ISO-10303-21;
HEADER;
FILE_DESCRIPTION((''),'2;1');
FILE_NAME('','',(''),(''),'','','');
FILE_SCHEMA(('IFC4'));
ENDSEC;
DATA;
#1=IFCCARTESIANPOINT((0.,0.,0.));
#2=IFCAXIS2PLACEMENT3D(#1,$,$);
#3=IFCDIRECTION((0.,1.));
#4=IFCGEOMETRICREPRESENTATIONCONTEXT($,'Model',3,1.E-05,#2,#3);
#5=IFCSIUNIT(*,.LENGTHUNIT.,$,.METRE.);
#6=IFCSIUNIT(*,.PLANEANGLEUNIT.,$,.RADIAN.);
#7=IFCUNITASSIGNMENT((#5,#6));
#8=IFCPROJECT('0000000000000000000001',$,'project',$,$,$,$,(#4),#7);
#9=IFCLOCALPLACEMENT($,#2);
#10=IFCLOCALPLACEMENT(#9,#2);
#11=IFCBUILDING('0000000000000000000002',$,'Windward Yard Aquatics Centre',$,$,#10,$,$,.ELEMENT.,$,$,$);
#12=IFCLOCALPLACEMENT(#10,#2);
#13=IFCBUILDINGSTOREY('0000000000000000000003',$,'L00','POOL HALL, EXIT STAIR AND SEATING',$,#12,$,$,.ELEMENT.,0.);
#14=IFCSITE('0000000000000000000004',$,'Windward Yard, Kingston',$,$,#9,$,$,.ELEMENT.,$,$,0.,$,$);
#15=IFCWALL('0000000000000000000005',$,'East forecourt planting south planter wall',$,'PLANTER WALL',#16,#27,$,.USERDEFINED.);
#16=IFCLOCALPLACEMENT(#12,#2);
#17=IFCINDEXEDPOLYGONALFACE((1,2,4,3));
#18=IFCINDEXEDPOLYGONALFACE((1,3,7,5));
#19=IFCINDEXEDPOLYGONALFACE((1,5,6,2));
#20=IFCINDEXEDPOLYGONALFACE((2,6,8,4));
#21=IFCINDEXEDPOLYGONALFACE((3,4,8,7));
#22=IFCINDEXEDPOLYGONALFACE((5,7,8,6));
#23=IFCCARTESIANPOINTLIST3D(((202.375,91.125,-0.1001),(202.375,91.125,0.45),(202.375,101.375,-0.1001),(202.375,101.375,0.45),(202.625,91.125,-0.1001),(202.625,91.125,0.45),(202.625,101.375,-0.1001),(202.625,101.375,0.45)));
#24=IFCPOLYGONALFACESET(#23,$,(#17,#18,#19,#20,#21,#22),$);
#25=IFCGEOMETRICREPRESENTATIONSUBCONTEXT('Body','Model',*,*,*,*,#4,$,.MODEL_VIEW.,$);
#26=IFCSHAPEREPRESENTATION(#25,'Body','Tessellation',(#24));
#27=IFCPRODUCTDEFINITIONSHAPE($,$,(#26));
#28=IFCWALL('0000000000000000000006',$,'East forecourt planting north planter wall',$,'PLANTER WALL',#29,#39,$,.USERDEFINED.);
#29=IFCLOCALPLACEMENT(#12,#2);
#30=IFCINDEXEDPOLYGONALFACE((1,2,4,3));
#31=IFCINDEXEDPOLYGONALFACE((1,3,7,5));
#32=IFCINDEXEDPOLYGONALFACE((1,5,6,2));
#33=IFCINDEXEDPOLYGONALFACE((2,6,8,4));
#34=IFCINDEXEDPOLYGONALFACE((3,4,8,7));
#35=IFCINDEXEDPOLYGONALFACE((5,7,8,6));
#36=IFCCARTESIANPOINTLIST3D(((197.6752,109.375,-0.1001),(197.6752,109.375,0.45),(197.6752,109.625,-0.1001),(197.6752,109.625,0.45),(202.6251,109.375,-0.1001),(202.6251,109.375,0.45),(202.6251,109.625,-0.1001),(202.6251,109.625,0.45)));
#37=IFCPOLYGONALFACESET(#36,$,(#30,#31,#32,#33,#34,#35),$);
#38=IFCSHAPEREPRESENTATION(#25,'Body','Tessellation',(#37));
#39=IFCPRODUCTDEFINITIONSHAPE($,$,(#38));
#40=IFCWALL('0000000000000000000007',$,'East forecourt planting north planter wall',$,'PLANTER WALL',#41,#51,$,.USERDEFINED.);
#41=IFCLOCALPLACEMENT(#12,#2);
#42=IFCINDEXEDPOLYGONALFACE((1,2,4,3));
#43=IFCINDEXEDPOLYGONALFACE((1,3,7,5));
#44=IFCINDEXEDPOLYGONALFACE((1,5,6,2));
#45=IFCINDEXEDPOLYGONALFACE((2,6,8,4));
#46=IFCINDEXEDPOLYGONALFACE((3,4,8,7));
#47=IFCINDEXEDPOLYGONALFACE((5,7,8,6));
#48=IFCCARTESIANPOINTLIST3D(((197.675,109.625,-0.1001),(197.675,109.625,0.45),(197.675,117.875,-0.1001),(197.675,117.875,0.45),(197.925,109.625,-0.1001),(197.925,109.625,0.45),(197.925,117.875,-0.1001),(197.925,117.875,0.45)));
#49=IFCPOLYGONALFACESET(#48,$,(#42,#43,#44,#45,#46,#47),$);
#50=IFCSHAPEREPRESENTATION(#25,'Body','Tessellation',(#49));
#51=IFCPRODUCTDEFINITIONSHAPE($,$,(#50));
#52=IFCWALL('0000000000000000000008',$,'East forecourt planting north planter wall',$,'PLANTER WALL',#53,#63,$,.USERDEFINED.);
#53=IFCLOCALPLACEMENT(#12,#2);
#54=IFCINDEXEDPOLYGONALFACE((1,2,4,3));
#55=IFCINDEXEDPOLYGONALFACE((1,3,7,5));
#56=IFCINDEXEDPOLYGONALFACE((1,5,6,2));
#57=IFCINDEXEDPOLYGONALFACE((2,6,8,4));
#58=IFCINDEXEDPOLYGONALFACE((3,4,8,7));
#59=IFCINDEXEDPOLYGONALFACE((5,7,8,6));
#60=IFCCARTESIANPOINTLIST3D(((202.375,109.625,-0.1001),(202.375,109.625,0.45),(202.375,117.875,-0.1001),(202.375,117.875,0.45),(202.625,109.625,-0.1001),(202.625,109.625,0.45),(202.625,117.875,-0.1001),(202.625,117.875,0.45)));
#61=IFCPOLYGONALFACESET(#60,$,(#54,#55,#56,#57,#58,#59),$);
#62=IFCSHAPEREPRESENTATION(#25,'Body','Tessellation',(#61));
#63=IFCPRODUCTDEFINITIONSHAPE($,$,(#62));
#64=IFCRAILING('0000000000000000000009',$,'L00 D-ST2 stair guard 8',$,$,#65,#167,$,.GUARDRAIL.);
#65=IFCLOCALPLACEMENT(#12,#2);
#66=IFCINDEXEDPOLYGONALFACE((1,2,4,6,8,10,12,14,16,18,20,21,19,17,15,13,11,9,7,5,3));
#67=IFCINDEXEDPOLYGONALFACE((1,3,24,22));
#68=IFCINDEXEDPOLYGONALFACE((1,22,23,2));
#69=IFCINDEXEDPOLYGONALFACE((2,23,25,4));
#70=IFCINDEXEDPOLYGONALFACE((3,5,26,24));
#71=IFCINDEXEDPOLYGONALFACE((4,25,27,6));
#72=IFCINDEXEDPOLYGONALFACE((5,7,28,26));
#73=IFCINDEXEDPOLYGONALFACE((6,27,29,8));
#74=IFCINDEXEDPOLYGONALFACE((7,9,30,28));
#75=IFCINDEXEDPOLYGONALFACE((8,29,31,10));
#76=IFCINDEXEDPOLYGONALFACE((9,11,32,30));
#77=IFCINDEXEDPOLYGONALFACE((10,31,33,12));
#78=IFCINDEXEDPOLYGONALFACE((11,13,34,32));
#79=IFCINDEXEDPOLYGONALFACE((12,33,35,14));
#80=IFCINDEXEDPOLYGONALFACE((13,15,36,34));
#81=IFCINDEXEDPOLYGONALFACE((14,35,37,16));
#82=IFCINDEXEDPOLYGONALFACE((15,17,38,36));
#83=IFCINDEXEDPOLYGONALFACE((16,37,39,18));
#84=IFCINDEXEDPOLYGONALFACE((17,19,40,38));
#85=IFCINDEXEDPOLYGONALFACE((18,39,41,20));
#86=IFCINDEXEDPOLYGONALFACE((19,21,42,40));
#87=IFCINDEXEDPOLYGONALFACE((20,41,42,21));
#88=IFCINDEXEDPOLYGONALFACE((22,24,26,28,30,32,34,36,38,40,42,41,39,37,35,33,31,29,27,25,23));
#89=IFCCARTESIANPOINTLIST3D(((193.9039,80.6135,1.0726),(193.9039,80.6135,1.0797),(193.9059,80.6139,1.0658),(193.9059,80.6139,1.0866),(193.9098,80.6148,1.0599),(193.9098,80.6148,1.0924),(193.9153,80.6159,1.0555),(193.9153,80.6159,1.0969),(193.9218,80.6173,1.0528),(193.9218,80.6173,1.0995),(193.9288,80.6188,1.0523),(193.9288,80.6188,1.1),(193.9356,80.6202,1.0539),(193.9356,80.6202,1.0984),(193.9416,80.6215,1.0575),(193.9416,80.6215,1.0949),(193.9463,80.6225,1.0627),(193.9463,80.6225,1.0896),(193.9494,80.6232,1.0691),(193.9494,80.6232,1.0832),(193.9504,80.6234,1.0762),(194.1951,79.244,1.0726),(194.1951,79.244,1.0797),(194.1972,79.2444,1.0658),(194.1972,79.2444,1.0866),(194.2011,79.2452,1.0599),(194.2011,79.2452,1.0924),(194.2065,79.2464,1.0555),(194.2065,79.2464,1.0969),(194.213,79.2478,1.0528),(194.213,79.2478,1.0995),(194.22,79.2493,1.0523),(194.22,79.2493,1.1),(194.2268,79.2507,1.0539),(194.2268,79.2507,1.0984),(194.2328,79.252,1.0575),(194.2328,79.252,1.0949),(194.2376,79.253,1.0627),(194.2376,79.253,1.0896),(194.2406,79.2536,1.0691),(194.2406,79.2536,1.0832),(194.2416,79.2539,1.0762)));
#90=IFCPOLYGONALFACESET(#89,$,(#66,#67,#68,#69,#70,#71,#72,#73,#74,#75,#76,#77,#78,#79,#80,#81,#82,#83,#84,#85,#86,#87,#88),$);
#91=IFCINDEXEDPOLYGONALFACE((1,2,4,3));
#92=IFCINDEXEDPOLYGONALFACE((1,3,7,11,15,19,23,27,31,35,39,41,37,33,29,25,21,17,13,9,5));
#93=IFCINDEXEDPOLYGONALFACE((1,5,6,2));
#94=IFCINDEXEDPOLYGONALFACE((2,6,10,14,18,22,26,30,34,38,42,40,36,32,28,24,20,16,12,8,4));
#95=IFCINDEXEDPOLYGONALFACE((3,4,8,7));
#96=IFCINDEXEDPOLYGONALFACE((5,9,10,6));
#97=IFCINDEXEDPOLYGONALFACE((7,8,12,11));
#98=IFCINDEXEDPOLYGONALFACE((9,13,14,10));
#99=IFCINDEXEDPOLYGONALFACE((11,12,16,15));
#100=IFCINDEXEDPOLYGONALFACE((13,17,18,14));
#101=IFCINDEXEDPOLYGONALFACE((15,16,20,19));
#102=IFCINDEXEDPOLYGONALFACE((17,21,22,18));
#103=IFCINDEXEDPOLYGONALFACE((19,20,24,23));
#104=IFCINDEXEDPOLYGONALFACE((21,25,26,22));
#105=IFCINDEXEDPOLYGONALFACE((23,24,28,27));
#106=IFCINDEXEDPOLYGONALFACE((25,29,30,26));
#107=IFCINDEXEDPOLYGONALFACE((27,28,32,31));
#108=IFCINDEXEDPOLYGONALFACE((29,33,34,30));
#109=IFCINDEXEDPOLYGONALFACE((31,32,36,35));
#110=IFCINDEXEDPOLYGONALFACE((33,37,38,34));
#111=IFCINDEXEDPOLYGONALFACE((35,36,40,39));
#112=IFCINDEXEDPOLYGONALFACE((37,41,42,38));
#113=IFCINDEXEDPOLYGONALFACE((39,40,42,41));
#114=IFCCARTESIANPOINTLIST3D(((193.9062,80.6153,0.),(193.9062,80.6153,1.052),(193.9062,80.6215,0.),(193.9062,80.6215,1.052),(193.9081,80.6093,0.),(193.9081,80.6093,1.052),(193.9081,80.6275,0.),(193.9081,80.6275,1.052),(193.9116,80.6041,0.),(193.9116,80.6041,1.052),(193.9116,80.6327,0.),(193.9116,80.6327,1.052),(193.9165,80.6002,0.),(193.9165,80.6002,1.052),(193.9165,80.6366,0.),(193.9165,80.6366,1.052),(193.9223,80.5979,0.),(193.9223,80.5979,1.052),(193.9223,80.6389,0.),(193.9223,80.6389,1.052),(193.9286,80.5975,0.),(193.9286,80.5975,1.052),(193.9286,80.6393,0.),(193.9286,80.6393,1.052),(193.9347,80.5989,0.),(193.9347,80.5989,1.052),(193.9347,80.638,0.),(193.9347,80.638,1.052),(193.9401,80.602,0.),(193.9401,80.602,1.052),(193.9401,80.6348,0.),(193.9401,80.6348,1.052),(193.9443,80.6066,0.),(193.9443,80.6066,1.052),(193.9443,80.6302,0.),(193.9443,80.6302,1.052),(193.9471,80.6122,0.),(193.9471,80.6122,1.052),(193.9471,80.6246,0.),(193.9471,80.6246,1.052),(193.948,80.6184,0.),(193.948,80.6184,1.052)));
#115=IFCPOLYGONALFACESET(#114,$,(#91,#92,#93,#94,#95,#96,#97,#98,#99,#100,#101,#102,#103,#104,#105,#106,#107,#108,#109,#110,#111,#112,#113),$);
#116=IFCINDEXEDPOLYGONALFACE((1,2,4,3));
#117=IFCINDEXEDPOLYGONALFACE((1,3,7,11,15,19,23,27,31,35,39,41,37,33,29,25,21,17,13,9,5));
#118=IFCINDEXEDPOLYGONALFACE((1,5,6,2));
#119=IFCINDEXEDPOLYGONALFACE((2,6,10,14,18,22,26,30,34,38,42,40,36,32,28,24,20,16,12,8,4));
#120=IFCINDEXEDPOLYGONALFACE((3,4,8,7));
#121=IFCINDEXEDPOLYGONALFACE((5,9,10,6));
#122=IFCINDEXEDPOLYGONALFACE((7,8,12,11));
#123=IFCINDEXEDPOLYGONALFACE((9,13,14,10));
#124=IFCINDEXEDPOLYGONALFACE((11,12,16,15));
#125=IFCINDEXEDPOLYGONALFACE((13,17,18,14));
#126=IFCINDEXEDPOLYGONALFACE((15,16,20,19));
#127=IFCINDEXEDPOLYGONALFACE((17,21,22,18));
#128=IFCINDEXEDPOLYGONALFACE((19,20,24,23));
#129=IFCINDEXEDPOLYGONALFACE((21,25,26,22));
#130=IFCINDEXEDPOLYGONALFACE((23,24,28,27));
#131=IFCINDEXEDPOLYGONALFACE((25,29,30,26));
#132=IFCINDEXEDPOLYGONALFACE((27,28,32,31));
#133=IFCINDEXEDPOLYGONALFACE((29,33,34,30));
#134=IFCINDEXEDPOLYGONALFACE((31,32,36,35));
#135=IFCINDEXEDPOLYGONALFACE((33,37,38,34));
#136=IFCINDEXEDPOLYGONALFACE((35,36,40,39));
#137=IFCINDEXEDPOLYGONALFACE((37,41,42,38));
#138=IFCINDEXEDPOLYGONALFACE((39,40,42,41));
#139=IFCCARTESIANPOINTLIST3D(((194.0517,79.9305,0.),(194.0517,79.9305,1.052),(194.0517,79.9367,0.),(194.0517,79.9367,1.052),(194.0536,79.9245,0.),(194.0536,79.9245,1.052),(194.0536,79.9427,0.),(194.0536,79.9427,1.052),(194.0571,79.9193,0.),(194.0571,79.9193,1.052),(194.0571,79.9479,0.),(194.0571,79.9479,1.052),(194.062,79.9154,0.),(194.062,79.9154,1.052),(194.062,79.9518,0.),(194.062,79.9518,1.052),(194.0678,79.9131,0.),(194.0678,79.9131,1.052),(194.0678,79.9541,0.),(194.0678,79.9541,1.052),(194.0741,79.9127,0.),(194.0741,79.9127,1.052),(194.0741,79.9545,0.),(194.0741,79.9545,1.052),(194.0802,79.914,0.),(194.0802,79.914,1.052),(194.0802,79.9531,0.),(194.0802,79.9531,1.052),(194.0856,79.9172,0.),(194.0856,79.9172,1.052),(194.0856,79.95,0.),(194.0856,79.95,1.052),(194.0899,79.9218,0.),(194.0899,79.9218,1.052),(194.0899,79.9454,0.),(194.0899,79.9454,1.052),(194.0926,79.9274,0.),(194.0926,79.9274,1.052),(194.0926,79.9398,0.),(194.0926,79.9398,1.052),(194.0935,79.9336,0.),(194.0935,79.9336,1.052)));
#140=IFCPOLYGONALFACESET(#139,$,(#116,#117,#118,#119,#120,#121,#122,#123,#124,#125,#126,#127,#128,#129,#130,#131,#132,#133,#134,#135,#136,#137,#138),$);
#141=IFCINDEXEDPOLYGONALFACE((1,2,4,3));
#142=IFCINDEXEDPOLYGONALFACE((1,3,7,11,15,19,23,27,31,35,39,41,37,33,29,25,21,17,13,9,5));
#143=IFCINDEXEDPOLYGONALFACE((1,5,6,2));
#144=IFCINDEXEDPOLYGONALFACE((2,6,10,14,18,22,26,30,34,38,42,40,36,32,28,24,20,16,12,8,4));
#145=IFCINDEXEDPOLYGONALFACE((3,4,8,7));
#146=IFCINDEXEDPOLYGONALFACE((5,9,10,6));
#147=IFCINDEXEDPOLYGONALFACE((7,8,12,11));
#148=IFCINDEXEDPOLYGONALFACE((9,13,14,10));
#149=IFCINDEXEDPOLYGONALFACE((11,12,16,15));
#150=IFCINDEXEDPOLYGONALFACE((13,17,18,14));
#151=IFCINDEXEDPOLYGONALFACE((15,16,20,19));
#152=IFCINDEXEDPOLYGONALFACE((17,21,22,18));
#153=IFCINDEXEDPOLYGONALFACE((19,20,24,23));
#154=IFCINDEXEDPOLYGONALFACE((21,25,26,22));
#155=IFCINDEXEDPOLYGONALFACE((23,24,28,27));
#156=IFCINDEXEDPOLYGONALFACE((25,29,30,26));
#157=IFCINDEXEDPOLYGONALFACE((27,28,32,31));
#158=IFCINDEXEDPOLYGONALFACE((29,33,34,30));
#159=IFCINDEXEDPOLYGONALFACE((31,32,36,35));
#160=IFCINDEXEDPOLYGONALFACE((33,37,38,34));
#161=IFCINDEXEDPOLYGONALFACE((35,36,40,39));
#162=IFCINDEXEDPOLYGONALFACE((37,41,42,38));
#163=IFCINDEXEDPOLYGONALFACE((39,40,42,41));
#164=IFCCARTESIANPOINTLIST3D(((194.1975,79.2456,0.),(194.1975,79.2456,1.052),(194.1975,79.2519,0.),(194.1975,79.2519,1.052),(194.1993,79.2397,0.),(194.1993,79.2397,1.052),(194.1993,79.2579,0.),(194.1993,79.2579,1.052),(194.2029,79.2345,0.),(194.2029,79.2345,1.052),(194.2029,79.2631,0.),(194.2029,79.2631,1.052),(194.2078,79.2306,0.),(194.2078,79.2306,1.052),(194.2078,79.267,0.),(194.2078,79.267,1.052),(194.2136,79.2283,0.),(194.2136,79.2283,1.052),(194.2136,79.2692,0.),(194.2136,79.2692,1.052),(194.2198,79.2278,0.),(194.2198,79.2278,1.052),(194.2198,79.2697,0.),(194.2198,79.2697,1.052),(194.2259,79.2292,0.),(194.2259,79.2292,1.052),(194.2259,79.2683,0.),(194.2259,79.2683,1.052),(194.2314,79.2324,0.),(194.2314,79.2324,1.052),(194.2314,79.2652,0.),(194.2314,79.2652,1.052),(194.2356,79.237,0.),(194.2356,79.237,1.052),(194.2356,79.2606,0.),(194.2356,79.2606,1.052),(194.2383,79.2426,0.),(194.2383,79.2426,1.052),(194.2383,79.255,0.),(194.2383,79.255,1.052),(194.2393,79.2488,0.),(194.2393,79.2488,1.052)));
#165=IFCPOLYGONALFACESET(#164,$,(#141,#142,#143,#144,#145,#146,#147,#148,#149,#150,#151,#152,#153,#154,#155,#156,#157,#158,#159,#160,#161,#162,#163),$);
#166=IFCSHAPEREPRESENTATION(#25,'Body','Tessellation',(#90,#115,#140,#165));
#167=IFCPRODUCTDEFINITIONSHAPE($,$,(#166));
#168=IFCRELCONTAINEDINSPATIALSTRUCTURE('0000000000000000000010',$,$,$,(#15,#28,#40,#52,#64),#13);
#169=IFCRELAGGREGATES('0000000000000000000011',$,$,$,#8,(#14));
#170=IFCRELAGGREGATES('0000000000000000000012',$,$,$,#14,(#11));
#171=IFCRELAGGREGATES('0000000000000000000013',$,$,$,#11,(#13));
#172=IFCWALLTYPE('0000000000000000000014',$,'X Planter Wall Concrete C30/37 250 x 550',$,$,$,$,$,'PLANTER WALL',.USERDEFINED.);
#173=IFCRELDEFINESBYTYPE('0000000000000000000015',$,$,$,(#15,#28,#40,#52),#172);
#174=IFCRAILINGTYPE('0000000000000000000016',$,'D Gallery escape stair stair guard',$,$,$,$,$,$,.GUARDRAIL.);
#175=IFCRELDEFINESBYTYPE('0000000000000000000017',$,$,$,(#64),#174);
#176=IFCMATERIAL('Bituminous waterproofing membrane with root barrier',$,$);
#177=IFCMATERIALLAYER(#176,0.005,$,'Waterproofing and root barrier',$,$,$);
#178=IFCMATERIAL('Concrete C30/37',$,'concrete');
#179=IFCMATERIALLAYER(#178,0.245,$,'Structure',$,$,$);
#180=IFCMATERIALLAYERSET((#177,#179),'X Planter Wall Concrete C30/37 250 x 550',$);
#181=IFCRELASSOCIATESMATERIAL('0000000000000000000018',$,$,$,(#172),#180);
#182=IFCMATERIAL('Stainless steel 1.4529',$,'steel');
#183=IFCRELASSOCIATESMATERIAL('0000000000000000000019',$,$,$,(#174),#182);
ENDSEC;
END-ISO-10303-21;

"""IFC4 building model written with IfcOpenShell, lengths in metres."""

from ifc_helpers import new_model, si_unit, direction, frame, frame_2d, origin, origin_2d, place, context, subcontext, project, spatial, rectangle, circle, extrude, material, layer, layer_set, type_object, element, save


model = new_model("IFC4")

# Units and contexts
model_context = context("Model", 3, precision=1e-05, world=origin(), true_north=direction((0.0, 1.0)))
body_context = subcontext(model_context, "Body", "Model", "MODEL_VIEW")
ifc_project = project(units=[si_unit("LENGTHUNIT", "METRE"), si_unit("PLANEANGLEUNIT", "RADIAN")], contexts=[model_context])

# Site, building, storey
site_placement = place(None, origin())
site = spatial("IfcSite", under=ifc_project, at=site_placement, Name="Windward Yard, Kingston", CompositionType="ELEMENT", RefElevation=0.0)
building_placement = place(site_placement, origin())
building = spatial("IfcBuilding", under=site, at=building_placement, Name="Windward Yard Aquatics Centre", CompositionType="ELEMENT")
storey_placement = place(building_placement, origin())
storey = spatial("IfcBuildingStorey", under=building, at=storey_placement, Name="L00", Description="POOL HALL, EXIT STAIR AND SEATING", CompositionType="ELEMENT", Elevation=0.0)

# Shared definitions
ifc_material_1 = material(Name="Concrete C30/37", Category="concrete")

# Walls
ifc_material_2 = material(Name="Bituminous waterproofing membrane with root barrier")
ifc_layer_1 = layer(ifc_material_2, 0.005, Name="Waterproofing and root barrier")
ifc_layer_2 = layer(ifc_material_1, 0.245, Name="Structure")
ifc_layer_set_1 = layer_set([ifc_layer_1, ifc_layer_2], Name="X Planter Wall Concrete C30/37 250 x 550")
wall_type_1 = type_object("IfcWallType", Name="X Planter Wall Concrete C30/37 250 x 550", ElementType="PLANTER WALL", PredefinedType="USERDEFINED", material=ifc_layer_set_1)
for number, where, z_axis, x_axis, name in (
    (1, (202.5, 91.125, -0.1001), (0.0, 0.0, 1.0), (0.0, 1.0, 0.0), "East forecourt planting south planter wall"),
):
    element("IfcWall", number, at=place(storey_placement, frame(where, z_axis=z_axis, x_axis=x_axis)), inside=storey, type_object=wall_type_1, Name=name, ObjectType="PLANTER WALL", PredefinedType="USERDEFINED", context=body_context, shape_type="SweptSolid", body=[
        extrude(rectangle(XDim=10.25, YDim=0.25, at=frame_2d((5.125, 0.0))), origin(), (0.0, 0.0, 1.0), 0.55),
    ])
wall_1_placement = place(storey_placement, frame((197.675, 109.5, -0.1001), z_axis=(0.0, 0.0, 1.0), x_axis=(1.0, 0.0, 0.0)))
element("IfcWall", 2, at=wall_1_placement, inside=storey, type_object=wall_type_1, Name="East forecourt planting north planter wall", ObjectType="PLANTER WALL", PredefinedType="USERDEFINED", context=body_context, shape_type="SweptSolid", body=[
    extrude(rectangle(XDim=4.95, YDim=0.25, at=frame_2d((2.4751, 0.0))), origin(), (0.0, 0.0, 1.0), 0.55),
])
for number, where, z_axis, x_axis, name in (
    (3, (197.8, 109.625, -0.1001), (0.0, 0.0, 1.0), (0.0, 1.0, 0.0), "East forecourt planting north planter wall"),
    (4, (202.5, 109.625, -0.1001), (0.0, 0.0, 1.0), (0.0, 1.0, 0.0), "East forecourt planting north planter wall"),
):
    element("IfcWall", number, at=place(storey_placement, frame(where, z_axis=z_axis, x_axis=x_axis)), inside=storey, type_object=wall_type_1, Name=name, ObjectType="PLANTER WALL", PredefinedType="USERDEFINED", context=body_context, shape_type="SweptSolid", body=[
        extrude(rectangle(XDim=8.25, YDim=0.25, at=frame_2d((4.125, 0.0))), origin(), (0.0, 0.0, 1.0), 0.55),
    ])

# Railing
ifc_material_3 = material(Name="Stainless steel 1.4529", Category="steel")
railing_type = type_object("IfcRailingType", Name="D Gallery escape stair stair guard", PredefinedType="GUARDRAIL", material=ifc_material_3)
railing_1_placement = place(storey_placement, frame((193.927, 80.6184, 0.0)))
element("IfcRailing", 5, at=railing_1_placement, inside=storey, type_object=railing_type, Name="L00 D-ST2 stair guard 8", PredefinedType="GUARDRAIL", context=body_context, shape_type="SweptSolid", body=[
    extrude(circle(Radius=0.0239, at=origin_2d()), frame((0.0, 0.0, 1.0762), z_axis=(0.208005, -0.978128, 0.0), x_axis=(0.978128, 0.208005, 0.0)), (0.0, 0.0, 1.0), 1.4001),
    extrude(circle(Radius=0.021, at=origin_2d()), origin(), (0.0, 0.0, 1.0), 1.052),
    extrude(circle(Radius=0.021, at=origin_2d()), frame((0.1455, -0.6848, 0.0)), (0.0, 0.0, 1.0), 1.052),
    extrude(circle(Radius=0.021, at=origin_2d()), frame((0.2913, -1.3696, 0.0)), (0.0, 0.0, 1.0), 1.052),
])

save(model, "model.ifc")
